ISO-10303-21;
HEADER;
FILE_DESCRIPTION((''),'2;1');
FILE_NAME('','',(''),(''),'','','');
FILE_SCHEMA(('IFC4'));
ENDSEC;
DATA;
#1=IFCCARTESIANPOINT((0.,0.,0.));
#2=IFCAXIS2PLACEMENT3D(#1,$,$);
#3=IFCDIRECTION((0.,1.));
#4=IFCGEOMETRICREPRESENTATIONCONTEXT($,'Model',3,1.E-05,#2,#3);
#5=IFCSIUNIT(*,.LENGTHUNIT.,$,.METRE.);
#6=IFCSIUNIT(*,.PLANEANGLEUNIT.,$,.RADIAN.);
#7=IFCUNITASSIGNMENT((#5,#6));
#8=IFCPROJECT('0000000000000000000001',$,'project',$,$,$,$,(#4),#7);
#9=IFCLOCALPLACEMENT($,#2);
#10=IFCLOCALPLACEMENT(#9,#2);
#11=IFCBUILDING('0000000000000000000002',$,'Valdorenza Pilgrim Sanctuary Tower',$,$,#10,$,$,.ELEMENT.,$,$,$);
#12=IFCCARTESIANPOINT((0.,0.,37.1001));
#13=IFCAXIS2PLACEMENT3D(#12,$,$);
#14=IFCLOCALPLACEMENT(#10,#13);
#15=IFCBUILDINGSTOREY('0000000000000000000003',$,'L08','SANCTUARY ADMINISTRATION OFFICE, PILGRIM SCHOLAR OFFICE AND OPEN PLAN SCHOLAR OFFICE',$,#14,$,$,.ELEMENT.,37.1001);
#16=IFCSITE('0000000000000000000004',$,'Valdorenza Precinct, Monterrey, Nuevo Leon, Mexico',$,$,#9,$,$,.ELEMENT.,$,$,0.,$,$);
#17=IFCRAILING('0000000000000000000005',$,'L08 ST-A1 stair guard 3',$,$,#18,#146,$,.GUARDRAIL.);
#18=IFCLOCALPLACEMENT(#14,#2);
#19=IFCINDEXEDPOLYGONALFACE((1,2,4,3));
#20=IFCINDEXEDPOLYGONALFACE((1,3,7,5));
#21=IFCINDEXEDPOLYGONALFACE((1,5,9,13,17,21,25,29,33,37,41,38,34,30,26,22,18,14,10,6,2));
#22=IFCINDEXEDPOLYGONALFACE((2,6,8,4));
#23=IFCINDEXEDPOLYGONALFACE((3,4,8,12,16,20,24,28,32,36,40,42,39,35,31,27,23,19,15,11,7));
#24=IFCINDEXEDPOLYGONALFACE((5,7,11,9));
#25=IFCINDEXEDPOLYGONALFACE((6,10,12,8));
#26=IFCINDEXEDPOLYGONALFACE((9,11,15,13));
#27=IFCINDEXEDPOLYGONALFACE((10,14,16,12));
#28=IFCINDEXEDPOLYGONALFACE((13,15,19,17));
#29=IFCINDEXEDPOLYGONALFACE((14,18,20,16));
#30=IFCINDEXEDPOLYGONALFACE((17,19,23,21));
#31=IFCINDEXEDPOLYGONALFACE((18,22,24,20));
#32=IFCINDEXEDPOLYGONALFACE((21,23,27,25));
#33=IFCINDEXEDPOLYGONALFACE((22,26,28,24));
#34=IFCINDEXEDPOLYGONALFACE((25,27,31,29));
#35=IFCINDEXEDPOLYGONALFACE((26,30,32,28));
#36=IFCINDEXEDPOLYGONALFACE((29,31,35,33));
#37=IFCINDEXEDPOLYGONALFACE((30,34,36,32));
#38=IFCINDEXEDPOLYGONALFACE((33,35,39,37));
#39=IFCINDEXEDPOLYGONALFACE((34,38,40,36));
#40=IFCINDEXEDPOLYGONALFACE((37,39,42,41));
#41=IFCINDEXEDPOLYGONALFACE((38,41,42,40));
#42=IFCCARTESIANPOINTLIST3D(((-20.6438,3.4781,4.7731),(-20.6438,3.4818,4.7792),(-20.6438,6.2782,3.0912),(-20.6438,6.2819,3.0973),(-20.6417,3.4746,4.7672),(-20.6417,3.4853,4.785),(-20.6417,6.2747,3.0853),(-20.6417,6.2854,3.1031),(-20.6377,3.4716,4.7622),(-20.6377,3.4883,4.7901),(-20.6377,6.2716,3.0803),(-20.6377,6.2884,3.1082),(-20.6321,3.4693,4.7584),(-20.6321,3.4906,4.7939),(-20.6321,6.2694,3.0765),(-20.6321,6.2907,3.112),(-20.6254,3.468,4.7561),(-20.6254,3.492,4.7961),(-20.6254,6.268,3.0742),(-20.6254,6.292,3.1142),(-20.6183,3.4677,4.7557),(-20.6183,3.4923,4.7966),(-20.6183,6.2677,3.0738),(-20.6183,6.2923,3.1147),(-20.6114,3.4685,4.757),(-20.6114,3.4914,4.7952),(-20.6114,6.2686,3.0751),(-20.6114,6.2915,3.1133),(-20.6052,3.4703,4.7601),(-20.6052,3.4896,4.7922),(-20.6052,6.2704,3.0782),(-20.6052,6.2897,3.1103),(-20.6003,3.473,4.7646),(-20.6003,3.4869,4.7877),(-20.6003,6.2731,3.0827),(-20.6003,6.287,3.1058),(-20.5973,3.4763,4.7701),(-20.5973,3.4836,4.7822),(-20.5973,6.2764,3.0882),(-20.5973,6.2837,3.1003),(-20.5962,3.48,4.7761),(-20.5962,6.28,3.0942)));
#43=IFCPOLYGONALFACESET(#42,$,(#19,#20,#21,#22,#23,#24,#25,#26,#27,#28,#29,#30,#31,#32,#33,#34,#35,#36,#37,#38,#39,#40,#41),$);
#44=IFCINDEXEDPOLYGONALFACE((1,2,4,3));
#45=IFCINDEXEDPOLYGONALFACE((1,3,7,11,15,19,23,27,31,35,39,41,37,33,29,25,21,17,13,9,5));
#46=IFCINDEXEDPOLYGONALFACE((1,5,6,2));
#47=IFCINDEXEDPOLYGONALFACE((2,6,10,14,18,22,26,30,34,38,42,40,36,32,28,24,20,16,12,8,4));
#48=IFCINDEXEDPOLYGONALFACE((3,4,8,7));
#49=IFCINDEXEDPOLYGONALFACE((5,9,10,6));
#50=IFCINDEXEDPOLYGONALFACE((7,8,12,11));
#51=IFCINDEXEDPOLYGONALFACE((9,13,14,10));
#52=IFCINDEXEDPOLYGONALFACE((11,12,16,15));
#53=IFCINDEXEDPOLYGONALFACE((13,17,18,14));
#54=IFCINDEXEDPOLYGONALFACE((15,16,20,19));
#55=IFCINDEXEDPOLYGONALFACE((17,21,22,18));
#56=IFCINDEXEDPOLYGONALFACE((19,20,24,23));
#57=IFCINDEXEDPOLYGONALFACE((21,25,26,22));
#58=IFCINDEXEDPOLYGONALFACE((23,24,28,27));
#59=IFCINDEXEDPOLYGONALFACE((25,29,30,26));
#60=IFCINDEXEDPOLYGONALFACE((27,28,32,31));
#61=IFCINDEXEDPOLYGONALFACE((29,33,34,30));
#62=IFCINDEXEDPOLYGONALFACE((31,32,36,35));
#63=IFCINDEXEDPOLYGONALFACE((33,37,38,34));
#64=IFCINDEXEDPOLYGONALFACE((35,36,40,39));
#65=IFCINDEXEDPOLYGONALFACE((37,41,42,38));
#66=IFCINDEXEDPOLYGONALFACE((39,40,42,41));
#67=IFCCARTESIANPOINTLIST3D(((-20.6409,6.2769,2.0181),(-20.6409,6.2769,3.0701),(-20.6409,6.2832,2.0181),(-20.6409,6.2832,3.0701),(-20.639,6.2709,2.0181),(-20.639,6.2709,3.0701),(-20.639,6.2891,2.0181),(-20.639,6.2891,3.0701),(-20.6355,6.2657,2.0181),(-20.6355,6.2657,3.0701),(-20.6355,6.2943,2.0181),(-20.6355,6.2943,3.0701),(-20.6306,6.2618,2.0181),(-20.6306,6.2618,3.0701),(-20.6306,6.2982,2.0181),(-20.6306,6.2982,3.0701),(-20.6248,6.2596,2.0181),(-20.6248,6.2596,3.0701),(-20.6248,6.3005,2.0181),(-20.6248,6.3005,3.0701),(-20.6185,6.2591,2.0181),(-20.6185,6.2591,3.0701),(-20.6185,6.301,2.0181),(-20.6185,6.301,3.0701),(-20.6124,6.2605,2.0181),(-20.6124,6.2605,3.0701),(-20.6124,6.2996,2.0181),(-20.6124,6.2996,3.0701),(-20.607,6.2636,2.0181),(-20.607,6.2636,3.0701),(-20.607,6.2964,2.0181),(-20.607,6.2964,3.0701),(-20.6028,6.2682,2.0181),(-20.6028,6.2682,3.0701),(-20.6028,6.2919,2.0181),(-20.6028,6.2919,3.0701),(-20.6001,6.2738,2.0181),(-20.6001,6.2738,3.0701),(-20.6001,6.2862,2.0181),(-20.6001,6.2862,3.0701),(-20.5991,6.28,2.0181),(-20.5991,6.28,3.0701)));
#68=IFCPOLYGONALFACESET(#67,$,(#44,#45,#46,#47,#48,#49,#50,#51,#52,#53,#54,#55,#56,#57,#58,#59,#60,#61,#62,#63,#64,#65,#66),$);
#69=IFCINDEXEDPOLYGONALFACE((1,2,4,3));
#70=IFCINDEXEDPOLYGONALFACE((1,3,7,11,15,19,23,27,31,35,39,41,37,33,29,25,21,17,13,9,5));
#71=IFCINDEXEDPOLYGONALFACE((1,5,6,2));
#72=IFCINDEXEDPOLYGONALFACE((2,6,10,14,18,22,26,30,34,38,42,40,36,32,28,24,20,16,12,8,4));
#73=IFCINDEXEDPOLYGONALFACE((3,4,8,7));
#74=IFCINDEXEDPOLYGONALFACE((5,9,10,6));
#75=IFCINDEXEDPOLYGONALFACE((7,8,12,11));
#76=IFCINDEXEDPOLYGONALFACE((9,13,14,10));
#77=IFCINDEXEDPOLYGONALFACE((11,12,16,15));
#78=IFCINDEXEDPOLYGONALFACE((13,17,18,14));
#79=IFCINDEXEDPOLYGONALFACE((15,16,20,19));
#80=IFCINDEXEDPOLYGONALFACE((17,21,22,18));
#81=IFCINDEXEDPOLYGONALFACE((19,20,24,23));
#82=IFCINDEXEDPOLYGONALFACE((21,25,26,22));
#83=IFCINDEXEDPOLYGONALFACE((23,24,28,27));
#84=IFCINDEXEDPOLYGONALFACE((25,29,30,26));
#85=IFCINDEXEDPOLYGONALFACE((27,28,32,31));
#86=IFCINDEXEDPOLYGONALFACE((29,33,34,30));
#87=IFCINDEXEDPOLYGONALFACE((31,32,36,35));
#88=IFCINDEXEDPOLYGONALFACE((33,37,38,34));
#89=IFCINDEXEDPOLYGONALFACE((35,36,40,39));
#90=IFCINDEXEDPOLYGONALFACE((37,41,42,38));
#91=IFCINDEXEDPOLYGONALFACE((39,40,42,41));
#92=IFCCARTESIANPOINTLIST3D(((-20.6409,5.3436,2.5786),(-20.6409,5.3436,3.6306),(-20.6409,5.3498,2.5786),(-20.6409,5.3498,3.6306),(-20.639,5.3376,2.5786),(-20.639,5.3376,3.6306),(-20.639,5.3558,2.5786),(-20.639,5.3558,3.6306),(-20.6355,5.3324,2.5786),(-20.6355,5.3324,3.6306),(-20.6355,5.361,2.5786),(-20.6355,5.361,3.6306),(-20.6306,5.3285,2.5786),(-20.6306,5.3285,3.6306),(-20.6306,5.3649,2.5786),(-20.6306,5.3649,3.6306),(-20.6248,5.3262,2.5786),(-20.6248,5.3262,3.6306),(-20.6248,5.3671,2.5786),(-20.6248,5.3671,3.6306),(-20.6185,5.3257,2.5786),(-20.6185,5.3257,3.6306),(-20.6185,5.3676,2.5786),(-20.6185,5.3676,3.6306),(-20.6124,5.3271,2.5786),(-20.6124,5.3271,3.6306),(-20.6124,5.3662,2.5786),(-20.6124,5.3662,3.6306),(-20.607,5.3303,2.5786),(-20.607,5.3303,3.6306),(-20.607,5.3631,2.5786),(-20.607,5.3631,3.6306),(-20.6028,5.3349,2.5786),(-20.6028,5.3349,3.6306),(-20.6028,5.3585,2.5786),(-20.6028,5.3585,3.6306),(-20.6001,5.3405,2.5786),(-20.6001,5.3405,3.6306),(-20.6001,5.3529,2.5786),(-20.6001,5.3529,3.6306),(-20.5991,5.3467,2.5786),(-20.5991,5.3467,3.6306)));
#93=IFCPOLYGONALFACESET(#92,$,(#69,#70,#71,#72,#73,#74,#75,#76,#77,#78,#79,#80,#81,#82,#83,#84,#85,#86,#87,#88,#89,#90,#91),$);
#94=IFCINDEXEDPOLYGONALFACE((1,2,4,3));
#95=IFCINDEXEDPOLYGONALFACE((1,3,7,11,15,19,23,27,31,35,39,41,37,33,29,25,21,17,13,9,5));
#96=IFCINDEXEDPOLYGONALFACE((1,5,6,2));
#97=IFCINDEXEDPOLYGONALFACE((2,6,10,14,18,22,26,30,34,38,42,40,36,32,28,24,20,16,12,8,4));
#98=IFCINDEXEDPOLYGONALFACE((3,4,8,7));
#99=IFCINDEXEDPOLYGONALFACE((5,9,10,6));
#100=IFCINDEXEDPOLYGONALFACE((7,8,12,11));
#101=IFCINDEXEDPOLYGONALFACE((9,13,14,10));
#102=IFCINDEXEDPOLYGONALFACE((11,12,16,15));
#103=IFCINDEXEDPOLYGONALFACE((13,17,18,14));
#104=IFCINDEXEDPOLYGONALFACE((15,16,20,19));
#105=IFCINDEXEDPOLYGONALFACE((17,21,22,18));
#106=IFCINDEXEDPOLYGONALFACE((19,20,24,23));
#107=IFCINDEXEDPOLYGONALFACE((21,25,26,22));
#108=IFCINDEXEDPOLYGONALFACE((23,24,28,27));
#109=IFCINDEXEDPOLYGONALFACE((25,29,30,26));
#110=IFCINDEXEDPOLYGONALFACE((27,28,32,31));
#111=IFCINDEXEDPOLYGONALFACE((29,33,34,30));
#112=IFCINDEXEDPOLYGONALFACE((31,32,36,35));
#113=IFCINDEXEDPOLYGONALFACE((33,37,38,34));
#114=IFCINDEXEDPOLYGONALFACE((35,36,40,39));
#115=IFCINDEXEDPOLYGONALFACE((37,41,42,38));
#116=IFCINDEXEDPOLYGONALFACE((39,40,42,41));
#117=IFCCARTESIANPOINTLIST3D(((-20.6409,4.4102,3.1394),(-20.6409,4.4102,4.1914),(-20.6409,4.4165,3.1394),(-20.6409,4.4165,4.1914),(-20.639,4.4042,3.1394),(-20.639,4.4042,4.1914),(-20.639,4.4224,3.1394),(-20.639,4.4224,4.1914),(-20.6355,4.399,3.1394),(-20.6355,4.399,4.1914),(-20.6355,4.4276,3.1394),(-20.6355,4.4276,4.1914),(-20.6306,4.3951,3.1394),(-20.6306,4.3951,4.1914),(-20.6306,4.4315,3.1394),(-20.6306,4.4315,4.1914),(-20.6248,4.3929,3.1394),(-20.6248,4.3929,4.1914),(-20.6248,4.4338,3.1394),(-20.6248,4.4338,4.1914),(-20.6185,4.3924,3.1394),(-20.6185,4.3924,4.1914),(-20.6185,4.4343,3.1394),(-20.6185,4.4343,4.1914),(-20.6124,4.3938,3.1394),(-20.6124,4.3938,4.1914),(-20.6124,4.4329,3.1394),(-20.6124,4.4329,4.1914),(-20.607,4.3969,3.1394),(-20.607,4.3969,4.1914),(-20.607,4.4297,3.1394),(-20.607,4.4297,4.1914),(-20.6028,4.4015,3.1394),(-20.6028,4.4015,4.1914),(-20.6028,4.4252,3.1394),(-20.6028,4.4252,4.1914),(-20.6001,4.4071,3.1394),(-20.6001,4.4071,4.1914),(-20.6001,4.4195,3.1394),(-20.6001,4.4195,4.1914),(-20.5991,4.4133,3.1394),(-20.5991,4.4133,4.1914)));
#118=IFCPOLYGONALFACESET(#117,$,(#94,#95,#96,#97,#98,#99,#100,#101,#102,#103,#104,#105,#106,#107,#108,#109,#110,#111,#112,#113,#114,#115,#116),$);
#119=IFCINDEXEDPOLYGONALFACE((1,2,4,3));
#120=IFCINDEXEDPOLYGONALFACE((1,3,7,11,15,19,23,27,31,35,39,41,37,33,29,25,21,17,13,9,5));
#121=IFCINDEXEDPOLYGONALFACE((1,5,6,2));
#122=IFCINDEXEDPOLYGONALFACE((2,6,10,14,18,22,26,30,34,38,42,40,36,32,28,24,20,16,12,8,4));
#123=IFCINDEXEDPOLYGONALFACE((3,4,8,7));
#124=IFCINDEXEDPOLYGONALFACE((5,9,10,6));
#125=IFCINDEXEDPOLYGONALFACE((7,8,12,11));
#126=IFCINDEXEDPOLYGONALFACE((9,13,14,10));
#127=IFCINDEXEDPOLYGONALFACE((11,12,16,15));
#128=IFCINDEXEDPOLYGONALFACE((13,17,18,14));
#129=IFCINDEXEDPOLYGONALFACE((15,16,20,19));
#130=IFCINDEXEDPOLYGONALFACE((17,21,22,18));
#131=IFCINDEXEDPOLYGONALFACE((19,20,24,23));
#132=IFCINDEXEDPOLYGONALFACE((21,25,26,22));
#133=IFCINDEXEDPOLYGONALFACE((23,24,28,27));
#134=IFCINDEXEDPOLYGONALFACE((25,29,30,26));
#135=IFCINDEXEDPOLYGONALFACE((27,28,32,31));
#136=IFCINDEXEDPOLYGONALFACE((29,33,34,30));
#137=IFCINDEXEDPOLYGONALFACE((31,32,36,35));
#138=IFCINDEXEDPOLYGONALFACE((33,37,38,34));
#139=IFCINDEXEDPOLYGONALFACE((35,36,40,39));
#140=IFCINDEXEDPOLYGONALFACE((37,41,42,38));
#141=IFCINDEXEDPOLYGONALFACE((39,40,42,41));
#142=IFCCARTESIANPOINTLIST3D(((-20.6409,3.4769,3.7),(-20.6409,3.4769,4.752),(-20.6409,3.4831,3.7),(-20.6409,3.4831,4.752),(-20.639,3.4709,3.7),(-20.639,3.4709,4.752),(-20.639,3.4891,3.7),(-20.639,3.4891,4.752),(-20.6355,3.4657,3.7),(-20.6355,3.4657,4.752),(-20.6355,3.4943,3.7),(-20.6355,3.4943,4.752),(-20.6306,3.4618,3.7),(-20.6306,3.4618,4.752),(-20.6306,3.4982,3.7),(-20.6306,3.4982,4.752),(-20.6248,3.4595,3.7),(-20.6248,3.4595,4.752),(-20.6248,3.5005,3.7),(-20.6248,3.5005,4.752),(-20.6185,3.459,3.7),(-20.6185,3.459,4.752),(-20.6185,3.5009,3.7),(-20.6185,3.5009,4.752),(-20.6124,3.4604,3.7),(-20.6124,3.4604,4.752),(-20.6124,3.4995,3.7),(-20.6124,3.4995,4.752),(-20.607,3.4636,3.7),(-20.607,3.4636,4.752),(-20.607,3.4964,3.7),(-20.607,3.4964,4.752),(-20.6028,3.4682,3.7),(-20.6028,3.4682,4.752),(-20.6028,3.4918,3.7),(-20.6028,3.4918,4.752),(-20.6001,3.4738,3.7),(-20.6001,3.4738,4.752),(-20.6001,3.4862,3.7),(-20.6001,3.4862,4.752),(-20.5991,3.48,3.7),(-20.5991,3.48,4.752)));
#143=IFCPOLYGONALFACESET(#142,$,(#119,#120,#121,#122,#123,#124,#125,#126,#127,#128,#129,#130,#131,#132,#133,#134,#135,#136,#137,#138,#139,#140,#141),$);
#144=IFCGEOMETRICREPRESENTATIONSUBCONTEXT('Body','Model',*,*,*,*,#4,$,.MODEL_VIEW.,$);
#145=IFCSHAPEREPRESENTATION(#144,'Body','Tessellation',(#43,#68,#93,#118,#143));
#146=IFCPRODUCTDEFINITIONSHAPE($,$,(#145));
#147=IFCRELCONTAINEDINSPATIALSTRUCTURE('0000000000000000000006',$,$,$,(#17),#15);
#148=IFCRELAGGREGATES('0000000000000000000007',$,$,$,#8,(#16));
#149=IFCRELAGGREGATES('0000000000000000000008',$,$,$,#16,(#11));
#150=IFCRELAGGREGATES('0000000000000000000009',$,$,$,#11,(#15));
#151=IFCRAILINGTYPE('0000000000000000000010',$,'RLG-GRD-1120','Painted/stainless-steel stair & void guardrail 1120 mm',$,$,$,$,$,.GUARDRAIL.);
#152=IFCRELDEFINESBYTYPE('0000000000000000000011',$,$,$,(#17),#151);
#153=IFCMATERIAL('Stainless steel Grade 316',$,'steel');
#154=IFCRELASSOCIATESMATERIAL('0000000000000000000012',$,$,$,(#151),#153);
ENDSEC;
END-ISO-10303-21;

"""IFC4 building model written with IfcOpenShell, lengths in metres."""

from ifc_helpers import new_model, si_unit, direction, frame, origin, origin_2d, place, context, subcontext, project, spatial, circle, extrude, material, type_object, element, save


model = new_model("IFC4")

# Units and contexts
model_context = context("Model", 3, precision=1e-05, world=origin(), true_north=direction((0.0, 1.0)))
body_context = subcontext(model_context, "Body", "Model", "MODEL_VIEW")
ifc_project = project(units=[si_unit("LENGTHUNIT", "METRE"), si_unit("PLANEANGLEUNIT", "RADIAN")], contexts=[model_context])

# Site, building, storey
site_placement = place(None, origin())
site = spatial("IfcSite", under=ifc_project, at=site_placement, Name="Valdorenza Precinct, Monterrey, Nuevo Leon, Mexico", CompositionType="ELEMENT", RefElevation=0.0)
building_placement = place(site_placement, origin())
building = spatial("IfcBuilding", under=site, at=building_placement, Name="Valdorenza Pilgrim Sanctuary Tower", CompositionType="ELEMENT")
storey_placement = place(building_placement, frame((0.0, 0.0, 37.1001)))
storey = spatial("IfcBuildingStorey", under=building, at=storey_placement, Name="L08", Description="SANCTUARY ADMINISTRATION OFFICE, PILGRIM SCHOLAR OFFICE AND OPEN PLAN SCHOLAR OFFICE", CompositionType="ELEMENT", Elevation=37.1001)

# Railing
ifc_material_1 = material(Name="Stainless steel Grade 316", Category="steel")
railing_type_1 = type_object("IfcRailingType", Name="RLG-GRD-1120", Description="Painted/stainless-steel stair & void guardrail 1120 mm", PredefinedType="GUARDRAIL", material=ifc_material_1)
railing_1_placement = place(storey_placement, frame((-20.6201, 6.28, 2.0181)))
element("IfcRailing", 1, at=railing_1_placement, inside=storey, type_object=railing_type_1, Name="L08 ST-A1 stair guard 3", PredefinedType="GUARDRAIL", context=body_context, shape_type="SweptSolid", body=[
    extrude(circle(Radius=0.0239, at=origin_2d()), frame((0.0, 0.0, 1.0762), z_axis=(0.0, -0.857242, 0.514913), x_axis=(1.0, 0.0, 0.0)), (0.0, 0.0, 1.0), 3.2664),
    extrude(circle(Radius=0.021, at=origin_2d()), origin(), (0.0, 0.0, 1.0), 1.052),
    extrude(circle(Radius=0.021, at=origin_2d()), frame((0.0, -0.9333, 0.5605)), (0.0, 0.0, 1.0), 1.052),
    extrude(circle(Radius=0.021, at=origin_2d()), frame((0.0, -1.8667, 1.1213)), (0.0, 0.0, 1.0), 1.052),
    extrude(circle(Radius=0.021, at=origin_2d()), frame((0.0, -2.8, 1.6819)), (0.0, 0.0, 1.0), 1.052),
])

save(model, "model.ifc")
